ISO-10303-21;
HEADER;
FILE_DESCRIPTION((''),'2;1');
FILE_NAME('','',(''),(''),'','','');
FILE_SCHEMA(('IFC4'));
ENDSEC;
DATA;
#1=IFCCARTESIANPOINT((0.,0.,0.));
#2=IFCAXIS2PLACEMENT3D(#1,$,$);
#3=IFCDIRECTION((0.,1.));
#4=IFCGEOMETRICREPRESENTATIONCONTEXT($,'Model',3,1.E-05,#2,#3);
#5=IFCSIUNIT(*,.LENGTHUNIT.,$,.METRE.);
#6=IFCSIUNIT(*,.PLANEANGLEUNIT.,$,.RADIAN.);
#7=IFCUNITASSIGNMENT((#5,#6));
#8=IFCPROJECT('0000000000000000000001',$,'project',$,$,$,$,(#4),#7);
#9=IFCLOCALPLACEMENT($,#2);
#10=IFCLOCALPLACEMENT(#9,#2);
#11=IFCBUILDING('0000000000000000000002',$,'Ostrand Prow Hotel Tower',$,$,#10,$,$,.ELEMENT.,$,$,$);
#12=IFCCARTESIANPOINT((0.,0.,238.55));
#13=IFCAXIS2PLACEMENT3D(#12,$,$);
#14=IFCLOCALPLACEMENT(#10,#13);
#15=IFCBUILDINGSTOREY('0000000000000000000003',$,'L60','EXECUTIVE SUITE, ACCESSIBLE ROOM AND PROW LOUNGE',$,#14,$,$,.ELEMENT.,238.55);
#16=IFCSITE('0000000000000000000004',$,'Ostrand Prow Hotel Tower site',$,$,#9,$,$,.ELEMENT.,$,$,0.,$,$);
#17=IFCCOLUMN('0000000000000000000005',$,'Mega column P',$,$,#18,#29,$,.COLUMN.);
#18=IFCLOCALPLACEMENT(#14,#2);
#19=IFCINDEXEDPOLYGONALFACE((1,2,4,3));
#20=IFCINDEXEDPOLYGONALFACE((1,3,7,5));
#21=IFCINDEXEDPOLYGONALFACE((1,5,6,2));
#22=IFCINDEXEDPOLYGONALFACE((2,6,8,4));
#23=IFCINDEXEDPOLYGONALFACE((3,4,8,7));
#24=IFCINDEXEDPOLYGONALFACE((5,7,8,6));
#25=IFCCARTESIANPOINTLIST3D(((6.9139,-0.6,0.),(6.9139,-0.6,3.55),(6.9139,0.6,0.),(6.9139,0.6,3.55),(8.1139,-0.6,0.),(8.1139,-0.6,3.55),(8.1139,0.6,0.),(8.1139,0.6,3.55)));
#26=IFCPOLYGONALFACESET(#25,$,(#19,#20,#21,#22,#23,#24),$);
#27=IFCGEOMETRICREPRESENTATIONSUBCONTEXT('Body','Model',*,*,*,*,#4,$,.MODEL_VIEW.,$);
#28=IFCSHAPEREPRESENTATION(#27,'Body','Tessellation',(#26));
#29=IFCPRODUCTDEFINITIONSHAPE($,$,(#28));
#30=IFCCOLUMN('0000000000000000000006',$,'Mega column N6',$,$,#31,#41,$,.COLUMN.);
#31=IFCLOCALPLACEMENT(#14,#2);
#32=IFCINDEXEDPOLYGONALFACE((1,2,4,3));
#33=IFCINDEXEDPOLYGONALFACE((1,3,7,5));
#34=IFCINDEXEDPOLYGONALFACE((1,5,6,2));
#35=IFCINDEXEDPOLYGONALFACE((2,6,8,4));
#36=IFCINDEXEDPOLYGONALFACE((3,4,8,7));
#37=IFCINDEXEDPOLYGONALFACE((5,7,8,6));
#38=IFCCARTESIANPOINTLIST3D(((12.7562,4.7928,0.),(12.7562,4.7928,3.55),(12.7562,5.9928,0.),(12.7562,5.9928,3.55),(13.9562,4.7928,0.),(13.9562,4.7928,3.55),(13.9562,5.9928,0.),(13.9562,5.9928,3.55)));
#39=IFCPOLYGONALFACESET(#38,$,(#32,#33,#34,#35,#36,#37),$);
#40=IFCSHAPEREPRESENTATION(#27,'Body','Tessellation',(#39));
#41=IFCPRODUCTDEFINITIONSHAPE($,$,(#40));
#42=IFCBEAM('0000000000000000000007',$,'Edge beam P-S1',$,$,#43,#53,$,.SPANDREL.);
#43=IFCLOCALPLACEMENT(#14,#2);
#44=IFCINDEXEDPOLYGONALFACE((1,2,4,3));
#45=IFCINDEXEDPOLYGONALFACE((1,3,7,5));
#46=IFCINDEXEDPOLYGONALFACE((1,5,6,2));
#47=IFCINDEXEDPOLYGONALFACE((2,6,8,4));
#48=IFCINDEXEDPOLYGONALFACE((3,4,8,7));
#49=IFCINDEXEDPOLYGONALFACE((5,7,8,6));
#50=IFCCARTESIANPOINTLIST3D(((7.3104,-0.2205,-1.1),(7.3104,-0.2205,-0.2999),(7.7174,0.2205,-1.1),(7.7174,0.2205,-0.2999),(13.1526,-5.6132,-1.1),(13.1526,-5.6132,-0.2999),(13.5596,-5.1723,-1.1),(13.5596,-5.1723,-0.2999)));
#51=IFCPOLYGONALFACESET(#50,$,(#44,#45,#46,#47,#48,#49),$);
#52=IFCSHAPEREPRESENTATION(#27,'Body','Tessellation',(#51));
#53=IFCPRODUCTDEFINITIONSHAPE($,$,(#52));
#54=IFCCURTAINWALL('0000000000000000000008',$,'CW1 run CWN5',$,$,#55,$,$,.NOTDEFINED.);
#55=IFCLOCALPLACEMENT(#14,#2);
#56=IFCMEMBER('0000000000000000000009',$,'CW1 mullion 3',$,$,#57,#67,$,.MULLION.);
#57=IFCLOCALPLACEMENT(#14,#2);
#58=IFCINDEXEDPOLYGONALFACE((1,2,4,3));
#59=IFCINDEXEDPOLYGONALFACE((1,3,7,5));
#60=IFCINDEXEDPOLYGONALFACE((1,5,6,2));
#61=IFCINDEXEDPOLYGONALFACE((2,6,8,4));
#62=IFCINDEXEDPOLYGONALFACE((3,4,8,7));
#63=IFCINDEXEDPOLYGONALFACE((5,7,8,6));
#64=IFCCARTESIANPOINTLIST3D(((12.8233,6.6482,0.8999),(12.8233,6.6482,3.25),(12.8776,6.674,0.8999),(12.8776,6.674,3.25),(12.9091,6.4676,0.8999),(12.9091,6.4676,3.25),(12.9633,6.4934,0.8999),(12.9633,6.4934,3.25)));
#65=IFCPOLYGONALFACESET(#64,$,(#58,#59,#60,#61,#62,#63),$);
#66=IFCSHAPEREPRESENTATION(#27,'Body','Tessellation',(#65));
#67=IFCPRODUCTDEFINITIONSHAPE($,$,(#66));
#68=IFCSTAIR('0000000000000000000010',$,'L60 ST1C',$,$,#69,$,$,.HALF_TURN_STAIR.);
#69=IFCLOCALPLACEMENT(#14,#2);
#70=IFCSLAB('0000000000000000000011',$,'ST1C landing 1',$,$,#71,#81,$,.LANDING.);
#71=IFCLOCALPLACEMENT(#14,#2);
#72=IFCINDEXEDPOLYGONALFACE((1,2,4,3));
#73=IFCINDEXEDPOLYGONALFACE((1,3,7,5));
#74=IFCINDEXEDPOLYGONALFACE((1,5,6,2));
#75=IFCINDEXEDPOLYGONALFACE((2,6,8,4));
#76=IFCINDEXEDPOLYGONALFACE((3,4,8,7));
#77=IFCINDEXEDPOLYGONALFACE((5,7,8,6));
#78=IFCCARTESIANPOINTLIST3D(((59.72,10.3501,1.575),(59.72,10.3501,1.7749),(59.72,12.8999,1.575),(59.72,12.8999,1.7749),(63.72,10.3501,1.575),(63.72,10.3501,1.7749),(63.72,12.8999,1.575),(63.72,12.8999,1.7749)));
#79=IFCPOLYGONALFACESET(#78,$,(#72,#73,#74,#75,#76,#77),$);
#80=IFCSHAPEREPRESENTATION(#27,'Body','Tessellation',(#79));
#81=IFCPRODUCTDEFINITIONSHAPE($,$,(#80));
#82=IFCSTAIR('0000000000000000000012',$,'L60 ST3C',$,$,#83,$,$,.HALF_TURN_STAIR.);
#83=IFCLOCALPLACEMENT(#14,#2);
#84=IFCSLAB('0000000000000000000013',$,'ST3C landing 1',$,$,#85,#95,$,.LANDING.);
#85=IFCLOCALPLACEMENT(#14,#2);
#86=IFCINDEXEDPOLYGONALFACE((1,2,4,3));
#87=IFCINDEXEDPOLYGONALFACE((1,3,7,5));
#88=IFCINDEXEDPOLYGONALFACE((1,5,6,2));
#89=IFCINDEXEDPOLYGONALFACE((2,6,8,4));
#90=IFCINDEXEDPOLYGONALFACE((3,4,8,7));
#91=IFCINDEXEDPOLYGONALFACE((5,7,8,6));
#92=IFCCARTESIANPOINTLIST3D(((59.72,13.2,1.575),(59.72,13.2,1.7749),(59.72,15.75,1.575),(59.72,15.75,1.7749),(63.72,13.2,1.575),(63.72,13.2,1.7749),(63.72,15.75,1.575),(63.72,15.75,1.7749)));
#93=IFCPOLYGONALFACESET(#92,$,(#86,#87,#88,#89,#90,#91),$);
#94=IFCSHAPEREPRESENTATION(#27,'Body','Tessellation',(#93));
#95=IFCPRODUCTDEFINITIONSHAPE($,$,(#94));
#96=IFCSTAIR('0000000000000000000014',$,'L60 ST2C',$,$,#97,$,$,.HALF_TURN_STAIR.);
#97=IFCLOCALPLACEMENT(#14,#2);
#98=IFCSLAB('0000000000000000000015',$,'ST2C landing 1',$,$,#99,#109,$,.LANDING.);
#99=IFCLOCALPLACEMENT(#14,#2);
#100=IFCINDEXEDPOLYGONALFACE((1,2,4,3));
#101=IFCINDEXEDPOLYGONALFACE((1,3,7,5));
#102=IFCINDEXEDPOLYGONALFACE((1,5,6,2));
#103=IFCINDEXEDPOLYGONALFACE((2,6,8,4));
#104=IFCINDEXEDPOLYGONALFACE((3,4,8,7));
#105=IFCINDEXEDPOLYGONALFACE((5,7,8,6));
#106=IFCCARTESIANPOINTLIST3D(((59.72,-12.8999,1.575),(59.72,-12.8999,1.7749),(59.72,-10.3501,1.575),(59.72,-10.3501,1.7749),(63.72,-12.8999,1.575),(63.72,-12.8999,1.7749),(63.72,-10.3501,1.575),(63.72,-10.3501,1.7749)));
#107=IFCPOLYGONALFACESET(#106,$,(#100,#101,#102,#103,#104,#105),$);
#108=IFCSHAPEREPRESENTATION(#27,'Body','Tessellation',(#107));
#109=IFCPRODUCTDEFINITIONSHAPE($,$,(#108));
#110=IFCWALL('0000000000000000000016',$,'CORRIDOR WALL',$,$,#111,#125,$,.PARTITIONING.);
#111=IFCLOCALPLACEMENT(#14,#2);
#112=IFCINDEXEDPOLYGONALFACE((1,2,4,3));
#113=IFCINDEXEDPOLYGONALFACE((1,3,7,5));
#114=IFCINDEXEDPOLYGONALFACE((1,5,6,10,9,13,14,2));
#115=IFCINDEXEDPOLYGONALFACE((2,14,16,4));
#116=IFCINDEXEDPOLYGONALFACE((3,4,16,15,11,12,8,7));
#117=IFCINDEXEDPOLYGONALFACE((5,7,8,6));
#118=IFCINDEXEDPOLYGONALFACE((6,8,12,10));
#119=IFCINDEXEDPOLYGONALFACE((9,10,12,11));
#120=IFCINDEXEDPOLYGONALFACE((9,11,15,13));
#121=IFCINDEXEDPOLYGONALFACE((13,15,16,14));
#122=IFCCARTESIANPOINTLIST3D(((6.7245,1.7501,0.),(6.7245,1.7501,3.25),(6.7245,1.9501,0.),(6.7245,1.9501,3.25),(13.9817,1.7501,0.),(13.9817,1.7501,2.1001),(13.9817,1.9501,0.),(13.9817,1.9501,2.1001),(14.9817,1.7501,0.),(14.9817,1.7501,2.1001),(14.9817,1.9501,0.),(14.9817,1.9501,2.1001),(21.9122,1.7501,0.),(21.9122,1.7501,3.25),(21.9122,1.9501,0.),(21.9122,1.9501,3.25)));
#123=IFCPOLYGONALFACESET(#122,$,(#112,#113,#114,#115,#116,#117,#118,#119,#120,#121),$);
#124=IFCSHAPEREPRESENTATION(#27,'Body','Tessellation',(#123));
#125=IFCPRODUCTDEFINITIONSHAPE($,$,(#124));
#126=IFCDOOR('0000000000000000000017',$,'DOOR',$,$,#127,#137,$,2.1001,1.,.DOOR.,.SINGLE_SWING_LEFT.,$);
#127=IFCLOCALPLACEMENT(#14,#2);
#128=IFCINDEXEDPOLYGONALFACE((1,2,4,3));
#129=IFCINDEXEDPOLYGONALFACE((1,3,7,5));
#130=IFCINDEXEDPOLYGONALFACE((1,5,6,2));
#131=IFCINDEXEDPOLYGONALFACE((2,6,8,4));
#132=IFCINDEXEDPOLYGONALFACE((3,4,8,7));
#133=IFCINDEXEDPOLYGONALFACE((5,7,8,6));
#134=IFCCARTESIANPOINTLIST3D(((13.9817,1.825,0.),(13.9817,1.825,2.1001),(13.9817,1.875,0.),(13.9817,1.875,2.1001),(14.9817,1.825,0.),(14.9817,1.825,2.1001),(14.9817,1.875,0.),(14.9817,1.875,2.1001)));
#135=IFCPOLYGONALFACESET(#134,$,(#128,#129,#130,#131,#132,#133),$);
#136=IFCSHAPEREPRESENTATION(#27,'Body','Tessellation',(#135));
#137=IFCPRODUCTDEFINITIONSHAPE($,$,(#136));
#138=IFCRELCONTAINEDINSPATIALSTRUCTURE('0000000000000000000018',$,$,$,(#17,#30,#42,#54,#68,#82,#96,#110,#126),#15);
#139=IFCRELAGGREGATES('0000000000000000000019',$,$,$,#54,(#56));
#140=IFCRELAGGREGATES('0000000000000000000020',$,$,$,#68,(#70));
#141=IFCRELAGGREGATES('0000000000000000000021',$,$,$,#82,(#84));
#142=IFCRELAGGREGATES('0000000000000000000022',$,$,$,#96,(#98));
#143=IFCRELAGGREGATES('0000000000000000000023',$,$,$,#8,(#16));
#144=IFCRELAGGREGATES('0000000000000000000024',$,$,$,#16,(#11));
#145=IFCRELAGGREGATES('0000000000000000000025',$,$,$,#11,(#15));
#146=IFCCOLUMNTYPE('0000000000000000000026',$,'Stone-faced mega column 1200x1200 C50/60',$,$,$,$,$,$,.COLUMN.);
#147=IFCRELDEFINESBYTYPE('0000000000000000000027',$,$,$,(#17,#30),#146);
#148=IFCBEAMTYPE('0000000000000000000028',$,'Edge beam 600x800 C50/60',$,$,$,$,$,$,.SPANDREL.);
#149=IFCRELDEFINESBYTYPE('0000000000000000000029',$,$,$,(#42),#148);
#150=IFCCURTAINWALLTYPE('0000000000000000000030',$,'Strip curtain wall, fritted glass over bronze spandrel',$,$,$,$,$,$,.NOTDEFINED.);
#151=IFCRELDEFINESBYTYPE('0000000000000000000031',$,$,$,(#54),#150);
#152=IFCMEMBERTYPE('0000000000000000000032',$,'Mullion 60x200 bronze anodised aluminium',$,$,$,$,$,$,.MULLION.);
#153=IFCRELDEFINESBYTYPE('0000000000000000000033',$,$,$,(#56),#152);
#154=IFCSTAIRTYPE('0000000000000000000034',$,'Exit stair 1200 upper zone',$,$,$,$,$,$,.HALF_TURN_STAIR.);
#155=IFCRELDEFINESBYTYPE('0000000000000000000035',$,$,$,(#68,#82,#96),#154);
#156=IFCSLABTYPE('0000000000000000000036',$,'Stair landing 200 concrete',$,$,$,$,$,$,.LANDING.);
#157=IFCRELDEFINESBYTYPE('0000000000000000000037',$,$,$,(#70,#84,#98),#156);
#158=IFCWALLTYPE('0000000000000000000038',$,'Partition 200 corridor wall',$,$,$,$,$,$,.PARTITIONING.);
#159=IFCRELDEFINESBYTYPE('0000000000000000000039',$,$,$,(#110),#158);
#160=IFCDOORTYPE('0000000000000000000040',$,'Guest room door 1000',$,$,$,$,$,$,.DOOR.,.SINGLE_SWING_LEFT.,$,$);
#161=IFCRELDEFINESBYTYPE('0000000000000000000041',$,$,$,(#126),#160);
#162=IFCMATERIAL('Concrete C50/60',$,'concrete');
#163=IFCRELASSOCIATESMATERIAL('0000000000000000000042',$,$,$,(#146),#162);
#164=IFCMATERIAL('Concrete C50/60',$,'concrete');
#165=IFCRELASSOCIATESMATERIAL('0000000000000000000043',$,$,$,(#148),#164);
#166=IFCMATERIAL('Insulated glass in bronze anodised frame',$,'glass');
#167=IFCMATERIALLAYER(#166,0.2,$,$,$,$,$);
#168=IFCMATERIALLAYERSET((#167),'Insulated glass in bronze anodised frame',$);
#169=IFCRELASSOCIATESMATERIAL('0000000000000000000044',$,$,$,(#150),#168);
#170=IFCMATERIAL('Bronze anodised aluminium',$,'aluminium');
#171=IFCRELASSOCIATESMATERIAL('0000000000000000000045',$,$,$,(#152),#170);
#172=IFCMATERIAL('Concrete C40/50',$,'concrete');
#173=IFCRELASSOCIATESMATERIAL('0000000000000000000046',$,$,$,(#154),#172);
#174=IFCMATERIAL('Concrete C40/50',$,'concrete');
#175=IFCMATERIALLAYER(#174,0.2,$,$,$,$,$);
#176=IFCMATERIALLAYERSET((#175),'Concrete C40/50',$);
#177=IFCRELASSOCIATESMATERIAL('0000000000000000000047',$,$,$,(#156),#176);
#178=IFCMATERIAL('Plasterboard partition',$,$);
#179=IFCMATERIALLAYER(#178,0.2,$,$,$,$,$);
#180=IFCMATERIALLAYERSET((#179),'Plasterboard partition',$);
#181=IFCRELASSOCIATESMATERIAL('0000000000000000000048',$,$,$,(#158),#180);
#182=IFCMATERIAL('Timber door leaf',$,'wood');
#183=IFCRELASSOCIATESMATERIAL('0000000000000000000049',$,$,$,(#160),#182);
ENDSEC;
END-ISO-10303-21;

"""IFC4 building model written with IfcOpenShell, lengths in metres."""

from ifc_helpers import new_model, si_unit, direction, frame, frame_2d, origin, origin_2d, place, context, subcontext, project, spatial, polyline, rectangle, outline, extrude, material, layer, layer_set, material_profile, profile_set, type_object, element, fill, aggregate, save


model = new_model("IFC4")

# Units and contexts
model_context = context("Model", 3, precision=1e-05, world=origin(), true_north=direction((0.0, 1.0)))
body_context = subcontext(model_context, "Body", "Model", "MODEL_VIEW")
ifc_project = project(units=[si_unit("LENGTHUNIT", "METRE"), si_unit("PLANEANGLEUNIT", "RADIAN")], contexts=[model_context])

# Site, building, storey
site_placement = place(None, origin())
site = spatial("IfcSite", under=ifc_project, at=site_placement, Name="Ostrand Prow Hotel Tower site", CompositionType="ELEMENT", RefElevation=0.0)
building_placement = place(site_placement, origin())
building = spatial("IfcBuilding", under=site, at=building_placement, Name="Ostrand Prow Hotel Tower", CompositionType="ELEMENT")
storey_placement = place(building_placement, frame((0.0, 0.0, 238.55)))
storey = spatial("IfcBuildingStorey", under=building, at=storey_placement, Name="L60", Description="EXECUTIVE SUITE, ACCESSIBLE ROOM AND PROW LOUNGE", CompositionType="ELEMENT", Elevation=238.55)

# Columns
ifc_material_1 = material(Name="Concrete C50/60", Category="concrete")
ifc_material_profile_1 = material_profile(ifc_material_1, rectangle(XDim=1.2, YDim=1.2, at=origin_2d()), Name="RC 1200x1200")
ifc_profile_set_1 = profile_set([ifc_material_profile_1], Name="Concrete C50/60")
column_type = type_object("IfcColumnType", Name="Stone-faced mega column 1200x1200 C50/60", PredefinedType="COLUMN", material=ifc_profile_set_1)
for number, where, z_axis, x_axis, name in (
    (1, (7.5139, 0.0, 0.0), (0.0, 0.0, 1.0), (1.0, 0.0, 0.0), "Mega column P"),
    (2, (13.3562, 5.3928, 0.0), (0.0, 0.0, 1.0), (1.0, 0.0, 0.0), "Mega column N6"),
):
    element("IfcColumn", number, at=place(storey_placement, frame(where, z_axis=z_axis, x_axis=x_axis)), inside=storey, type_object=column_type, Name=name, PredefinedType="COLUMN", context=body_context, shape_type="SweptSolid", body=[
        extrude(rectangle(XDim=1.2, YDim=1.2, at=origin_2d()), origin(), (0.0, 0.0, 1.0), 3.55),
    ])

# Beam
ifc_material_2 = material(Name="Concrete C50/60", Category="concrete")
ifc_material_profile_2 = material_profile(ifc_material_2, rectangle(XDim=0.6001, YDim=0.8, at=origin_2d()), Name="RC 600x800")
ifc_profile_set_2 = profile_set([ifc_material_profile_2], Name="Concrete C50/60")
beam_type = type_object("IfcBeamType", Name="Edge beam 600x800 C50/60", PredefinedType="SPANDREL", material=ifc_profile_set_2)
beam_placement = place(storey_placement, frame((7.5139, 0.0, -0.7), z_axis=(0.734807, -0.678276, 0.0), x_axis=(0.678276, 0.734807, 0.0)))
element("IfcBeam", 3, at=beam_placement, inside=storey, type_object=beam_type, Name="Edge beam P-S1", PredefinedType="SPANDREL", context=body_context, shape_type="SweptSolid", body=[
    extrude(rectangle(XDim=0.6001, YDim=0.8, at=origin_2d()), origin(), (0.0, 0.0, 1.0), 7.9507),
])

# Curtain wall, member
ifc_material_3 = material(Name="Insulated glass in bronze anodised frame", Category="glass")
ifc_layer_1 = layer(ifc_material_3, 0.2)
ifc_layer_set_1 = layer_set([ifc_layer_1], Name="Insulated glass in bronze anodised frame")
curtain_wall_type = type_object("IfcCurtainWallType", Name="Strip curtain wall, fritted glass over bronze spandrel", PredefinedType="NOTDEFINED", material=ifc_layer_set_1)
curtain_wall_placement = place(storey_placement, origin())
curtain_wall = element("IfcCurtainWall", 4, at=curtain_wall_placement, inside=storey, type_object=curtain_wall_type, Name="CW1 run CWN5", PredefinedType="NOTDEFINED")
ifc_material_4 = material(Name="Bronze anodised aluminium", Category="aluminium")
ifc_material_profile_3 = material_profile(ifc_material_4, rectangle(XDim=0.2, YDim=0.0601, at=origin_2d()), Name="Mullion 60x200 bronze anodised aluminium")
ifc_profile_set_3 = profile_set([ifc_material_profile_3], Name="Bronze anodised aluminium")
member_type = type_object("IfcMemberType", Name="Mullion 60x200 bronze anodised aluminium", PredefinedType="MULLION", material=ifc_profile_set_3)
member_placement = place(storey_placement, frame((12.8933, 6.5708, 0.8999), z_axis=(0.0, 0.0, 1.0), x_axis=(0.428861, -0.90337, 0.0)))
member = element("IfcMember", 5, at=member_placement, type_object=member_type, Name="CW1 mullion 3", PredefinedType="MULLION", context=body_context, shape_type="SweptSolid", body=[
    extrude(rectangle(XDim=0.2, YDim=0.0601, at=origin_2d()), origin(), (0.0, 0.0, 1.0), 2.3501),
])
aggregate(curtain_wall, [member])

# Stairs, slabs
ifc_material_5 = material(Name="Concrete C40/50", Category="concrete")
stair_type = type_object("IfcStairType", Name="Exit stair 1200 upper zone", PredefinedType="HALF_TURN_STAIR", material=ifc_material_5)
stair_1_placement = place(storey_placement, origin())
stair_1 = element("IfcStair", 6, at=stair_1_placement, inside=storey, type_object=stair_type, Name="L60 ST1C", PredefinedType="HALF_TURN_STAIR")
ifc_material_6 = material(Name="Concrete C40/50", Category="concrete")
ifc_layer_2 = layer(ifc_material_6, 0.2)
ifc_layer_set_2 = layer_set([ifc_layer_2], Name="Concrete C40/50")
slab_type = type_object("IfcSlabType", Name="Stair landing 200 concrete", PredefinedType="LANDING", material=ifc_layer_set_2)
slab_1_placement = place(storey_placement, frame((0.0, 0.0, 1.575)))
slab_1 = element("IfcSlab", 7, at=slab_1_placement, type_object=slab_type, Name="ST1C landing 1", PredefinedType="LANDING", context=body_context, shape_type="SweptSolid", body=[
    extrude(outline(polyline([(59.72, 10.3501), (63.72, 10.3501), (63.72, 12.8999), (59.72, 12.8999), (59.72, 10.3501)])), origin(), (0.0, 0.0, 1.0), 0.2),
])
aggregate(stair_1, [slab_1])
stair_2_placement = place(storey_placement, origin())
stair_2 = element("IfcStair", 8, at=stair_2_placement, inside=storey, type_object=stair_type, Name="L60 ST3C", PredefinedType="HALF_TURN_STAIR")
slab_2_placement = place(storey_placement, frame((0.0, 0.0, 1.575)))
slab_2 = element("IfcSlab", 9, at=slab_2_placement, type_object=slab_type, Name="ST3C landing 1", PredefinedType="LANDING", context=body_context, shape_type="SweptSolid", body=[
    extrude(outline(polyline([(59.72, 13.2), (63.72, 13.2), (63.72, 15.75), (59.72, 15.75), (59.72, 13.2)])), origin(), (0.0, 0.0, 1.0), 0.2),
])
aggregate(stair_2, [slab_2])
stair_3_placement = place(storey_placement, origin())
stair_3 = element("IfcStair", 10, at=stair_3_placement, inside=storey, type_object=stair_type, Name="L60 ST2C", PredefinedType="HALF_TURN_STAIR")
slab_3_placement = place(storey_placement, frame((0.0, 0.0, 1.575)))
slab_3 = element("IfcSlab", 11, at=slab_3_placement, type_object=slab_type, Name="ST2C landing 1", PredefinedType="LANDING", context=body_context, shape_type="SweptSolid", body=[
    extrude(outline(polyline([(59.72, -12.8999), (63.72, -12.8999), (63.72, -10.3501), (59.72, -10.3501), (59.72, -12.8999)])), origin(), (0.0, 0.0, 1.0), 0.2),
])
aggregate(stair_3, [slab_3])

# Wall, opening, door
ifc_material_7 = material(Name="Plasterboard partition")
ifc_layer_3 = layer(ifc_material_7, 0.2)
ifc_layer_set_3 = layer_set([ifc_layer_3], Name="Plasterboard partition")
wall_type_1 = type_object("IfcWallType", Name="Partition 200 corridor wall", PredefinedType="PARTITIONING", material=ifc_layer_set_3)
wall_1_placement = place(storey_placement, frame((6.7246, 1.8501, 0.0), z_axis=(0.0, 0.0, 1.0), x_axis=(1.0, 0.0, 0.0)))
wall_1 = element("IfcWall", 12, at=wall_1_placement, inside=storey, type_object=wall_type_1, Name="CORRIDOR WALL", PredefinedType="PARTITIONING", context=body_context, shape_type="SweptSolid", body=[
    extrude(rectangle(XDim=15.1877, YDim=0.2, at=frame_2d((7.5938, 0.0))), origin(), (0.0, 0.0, 1.0), 3.25),
])
opening_1_placement = place(wall_1_placement, frame((7.2571, 0.0, 0.0)))
opening_1 = element("IfcOpeningElement", 13, at=opening_1_placement, cuts=wall_1, PredefinedType="OPENING", context=body_context, shape_type="SweptSolid", body=[
    extrude(rectangle(XDim=1.0, YDim=2.1001, at=frame_2d((0.5, 1.05))), frame((0.0, 0.1099, 0.0), z_axis=(0.0, -1.0, 0.0), x_axis=(1.0, 0.0, 0.0)), (0.0, 0.0, 1.0), 0.22),
])
ifc_material_8 = material(Name="Timber door leaf", Category="wood")
door_type = type_object("IfcDoorType", Name="Guest room door 1000", OperationType="SINGLE_SWING_LEFT", PredefinedType="DOOR", material=ifc_material_8)
door_placement = place(opening_1_placement, origin())
door = element("IfcDoor", 14, at=door_placement, inside=storey, type_object=door_type, Name="DOOR", OperationType="SINGLE_SWING_LEFT", OverallHeight=2.1001, OverallWidth=1.0, PredefinedType="DOOR", context=body_context, shape_type="SweptSolid", body=[
    extrude(rectangle(XDim=1.0, YDim=2.1001, at=frame_2d((0.5, 1.05))), frame((0.0, 0.0249, 0.0), z_axis=(0.0, -1.0, 0.0), x_axis=(1.0, 0.0, 0.0)), (0.0, 0.0, 1.0), 0.05),
])
fill(opening_1, door)

save(model, "model.ifc")
